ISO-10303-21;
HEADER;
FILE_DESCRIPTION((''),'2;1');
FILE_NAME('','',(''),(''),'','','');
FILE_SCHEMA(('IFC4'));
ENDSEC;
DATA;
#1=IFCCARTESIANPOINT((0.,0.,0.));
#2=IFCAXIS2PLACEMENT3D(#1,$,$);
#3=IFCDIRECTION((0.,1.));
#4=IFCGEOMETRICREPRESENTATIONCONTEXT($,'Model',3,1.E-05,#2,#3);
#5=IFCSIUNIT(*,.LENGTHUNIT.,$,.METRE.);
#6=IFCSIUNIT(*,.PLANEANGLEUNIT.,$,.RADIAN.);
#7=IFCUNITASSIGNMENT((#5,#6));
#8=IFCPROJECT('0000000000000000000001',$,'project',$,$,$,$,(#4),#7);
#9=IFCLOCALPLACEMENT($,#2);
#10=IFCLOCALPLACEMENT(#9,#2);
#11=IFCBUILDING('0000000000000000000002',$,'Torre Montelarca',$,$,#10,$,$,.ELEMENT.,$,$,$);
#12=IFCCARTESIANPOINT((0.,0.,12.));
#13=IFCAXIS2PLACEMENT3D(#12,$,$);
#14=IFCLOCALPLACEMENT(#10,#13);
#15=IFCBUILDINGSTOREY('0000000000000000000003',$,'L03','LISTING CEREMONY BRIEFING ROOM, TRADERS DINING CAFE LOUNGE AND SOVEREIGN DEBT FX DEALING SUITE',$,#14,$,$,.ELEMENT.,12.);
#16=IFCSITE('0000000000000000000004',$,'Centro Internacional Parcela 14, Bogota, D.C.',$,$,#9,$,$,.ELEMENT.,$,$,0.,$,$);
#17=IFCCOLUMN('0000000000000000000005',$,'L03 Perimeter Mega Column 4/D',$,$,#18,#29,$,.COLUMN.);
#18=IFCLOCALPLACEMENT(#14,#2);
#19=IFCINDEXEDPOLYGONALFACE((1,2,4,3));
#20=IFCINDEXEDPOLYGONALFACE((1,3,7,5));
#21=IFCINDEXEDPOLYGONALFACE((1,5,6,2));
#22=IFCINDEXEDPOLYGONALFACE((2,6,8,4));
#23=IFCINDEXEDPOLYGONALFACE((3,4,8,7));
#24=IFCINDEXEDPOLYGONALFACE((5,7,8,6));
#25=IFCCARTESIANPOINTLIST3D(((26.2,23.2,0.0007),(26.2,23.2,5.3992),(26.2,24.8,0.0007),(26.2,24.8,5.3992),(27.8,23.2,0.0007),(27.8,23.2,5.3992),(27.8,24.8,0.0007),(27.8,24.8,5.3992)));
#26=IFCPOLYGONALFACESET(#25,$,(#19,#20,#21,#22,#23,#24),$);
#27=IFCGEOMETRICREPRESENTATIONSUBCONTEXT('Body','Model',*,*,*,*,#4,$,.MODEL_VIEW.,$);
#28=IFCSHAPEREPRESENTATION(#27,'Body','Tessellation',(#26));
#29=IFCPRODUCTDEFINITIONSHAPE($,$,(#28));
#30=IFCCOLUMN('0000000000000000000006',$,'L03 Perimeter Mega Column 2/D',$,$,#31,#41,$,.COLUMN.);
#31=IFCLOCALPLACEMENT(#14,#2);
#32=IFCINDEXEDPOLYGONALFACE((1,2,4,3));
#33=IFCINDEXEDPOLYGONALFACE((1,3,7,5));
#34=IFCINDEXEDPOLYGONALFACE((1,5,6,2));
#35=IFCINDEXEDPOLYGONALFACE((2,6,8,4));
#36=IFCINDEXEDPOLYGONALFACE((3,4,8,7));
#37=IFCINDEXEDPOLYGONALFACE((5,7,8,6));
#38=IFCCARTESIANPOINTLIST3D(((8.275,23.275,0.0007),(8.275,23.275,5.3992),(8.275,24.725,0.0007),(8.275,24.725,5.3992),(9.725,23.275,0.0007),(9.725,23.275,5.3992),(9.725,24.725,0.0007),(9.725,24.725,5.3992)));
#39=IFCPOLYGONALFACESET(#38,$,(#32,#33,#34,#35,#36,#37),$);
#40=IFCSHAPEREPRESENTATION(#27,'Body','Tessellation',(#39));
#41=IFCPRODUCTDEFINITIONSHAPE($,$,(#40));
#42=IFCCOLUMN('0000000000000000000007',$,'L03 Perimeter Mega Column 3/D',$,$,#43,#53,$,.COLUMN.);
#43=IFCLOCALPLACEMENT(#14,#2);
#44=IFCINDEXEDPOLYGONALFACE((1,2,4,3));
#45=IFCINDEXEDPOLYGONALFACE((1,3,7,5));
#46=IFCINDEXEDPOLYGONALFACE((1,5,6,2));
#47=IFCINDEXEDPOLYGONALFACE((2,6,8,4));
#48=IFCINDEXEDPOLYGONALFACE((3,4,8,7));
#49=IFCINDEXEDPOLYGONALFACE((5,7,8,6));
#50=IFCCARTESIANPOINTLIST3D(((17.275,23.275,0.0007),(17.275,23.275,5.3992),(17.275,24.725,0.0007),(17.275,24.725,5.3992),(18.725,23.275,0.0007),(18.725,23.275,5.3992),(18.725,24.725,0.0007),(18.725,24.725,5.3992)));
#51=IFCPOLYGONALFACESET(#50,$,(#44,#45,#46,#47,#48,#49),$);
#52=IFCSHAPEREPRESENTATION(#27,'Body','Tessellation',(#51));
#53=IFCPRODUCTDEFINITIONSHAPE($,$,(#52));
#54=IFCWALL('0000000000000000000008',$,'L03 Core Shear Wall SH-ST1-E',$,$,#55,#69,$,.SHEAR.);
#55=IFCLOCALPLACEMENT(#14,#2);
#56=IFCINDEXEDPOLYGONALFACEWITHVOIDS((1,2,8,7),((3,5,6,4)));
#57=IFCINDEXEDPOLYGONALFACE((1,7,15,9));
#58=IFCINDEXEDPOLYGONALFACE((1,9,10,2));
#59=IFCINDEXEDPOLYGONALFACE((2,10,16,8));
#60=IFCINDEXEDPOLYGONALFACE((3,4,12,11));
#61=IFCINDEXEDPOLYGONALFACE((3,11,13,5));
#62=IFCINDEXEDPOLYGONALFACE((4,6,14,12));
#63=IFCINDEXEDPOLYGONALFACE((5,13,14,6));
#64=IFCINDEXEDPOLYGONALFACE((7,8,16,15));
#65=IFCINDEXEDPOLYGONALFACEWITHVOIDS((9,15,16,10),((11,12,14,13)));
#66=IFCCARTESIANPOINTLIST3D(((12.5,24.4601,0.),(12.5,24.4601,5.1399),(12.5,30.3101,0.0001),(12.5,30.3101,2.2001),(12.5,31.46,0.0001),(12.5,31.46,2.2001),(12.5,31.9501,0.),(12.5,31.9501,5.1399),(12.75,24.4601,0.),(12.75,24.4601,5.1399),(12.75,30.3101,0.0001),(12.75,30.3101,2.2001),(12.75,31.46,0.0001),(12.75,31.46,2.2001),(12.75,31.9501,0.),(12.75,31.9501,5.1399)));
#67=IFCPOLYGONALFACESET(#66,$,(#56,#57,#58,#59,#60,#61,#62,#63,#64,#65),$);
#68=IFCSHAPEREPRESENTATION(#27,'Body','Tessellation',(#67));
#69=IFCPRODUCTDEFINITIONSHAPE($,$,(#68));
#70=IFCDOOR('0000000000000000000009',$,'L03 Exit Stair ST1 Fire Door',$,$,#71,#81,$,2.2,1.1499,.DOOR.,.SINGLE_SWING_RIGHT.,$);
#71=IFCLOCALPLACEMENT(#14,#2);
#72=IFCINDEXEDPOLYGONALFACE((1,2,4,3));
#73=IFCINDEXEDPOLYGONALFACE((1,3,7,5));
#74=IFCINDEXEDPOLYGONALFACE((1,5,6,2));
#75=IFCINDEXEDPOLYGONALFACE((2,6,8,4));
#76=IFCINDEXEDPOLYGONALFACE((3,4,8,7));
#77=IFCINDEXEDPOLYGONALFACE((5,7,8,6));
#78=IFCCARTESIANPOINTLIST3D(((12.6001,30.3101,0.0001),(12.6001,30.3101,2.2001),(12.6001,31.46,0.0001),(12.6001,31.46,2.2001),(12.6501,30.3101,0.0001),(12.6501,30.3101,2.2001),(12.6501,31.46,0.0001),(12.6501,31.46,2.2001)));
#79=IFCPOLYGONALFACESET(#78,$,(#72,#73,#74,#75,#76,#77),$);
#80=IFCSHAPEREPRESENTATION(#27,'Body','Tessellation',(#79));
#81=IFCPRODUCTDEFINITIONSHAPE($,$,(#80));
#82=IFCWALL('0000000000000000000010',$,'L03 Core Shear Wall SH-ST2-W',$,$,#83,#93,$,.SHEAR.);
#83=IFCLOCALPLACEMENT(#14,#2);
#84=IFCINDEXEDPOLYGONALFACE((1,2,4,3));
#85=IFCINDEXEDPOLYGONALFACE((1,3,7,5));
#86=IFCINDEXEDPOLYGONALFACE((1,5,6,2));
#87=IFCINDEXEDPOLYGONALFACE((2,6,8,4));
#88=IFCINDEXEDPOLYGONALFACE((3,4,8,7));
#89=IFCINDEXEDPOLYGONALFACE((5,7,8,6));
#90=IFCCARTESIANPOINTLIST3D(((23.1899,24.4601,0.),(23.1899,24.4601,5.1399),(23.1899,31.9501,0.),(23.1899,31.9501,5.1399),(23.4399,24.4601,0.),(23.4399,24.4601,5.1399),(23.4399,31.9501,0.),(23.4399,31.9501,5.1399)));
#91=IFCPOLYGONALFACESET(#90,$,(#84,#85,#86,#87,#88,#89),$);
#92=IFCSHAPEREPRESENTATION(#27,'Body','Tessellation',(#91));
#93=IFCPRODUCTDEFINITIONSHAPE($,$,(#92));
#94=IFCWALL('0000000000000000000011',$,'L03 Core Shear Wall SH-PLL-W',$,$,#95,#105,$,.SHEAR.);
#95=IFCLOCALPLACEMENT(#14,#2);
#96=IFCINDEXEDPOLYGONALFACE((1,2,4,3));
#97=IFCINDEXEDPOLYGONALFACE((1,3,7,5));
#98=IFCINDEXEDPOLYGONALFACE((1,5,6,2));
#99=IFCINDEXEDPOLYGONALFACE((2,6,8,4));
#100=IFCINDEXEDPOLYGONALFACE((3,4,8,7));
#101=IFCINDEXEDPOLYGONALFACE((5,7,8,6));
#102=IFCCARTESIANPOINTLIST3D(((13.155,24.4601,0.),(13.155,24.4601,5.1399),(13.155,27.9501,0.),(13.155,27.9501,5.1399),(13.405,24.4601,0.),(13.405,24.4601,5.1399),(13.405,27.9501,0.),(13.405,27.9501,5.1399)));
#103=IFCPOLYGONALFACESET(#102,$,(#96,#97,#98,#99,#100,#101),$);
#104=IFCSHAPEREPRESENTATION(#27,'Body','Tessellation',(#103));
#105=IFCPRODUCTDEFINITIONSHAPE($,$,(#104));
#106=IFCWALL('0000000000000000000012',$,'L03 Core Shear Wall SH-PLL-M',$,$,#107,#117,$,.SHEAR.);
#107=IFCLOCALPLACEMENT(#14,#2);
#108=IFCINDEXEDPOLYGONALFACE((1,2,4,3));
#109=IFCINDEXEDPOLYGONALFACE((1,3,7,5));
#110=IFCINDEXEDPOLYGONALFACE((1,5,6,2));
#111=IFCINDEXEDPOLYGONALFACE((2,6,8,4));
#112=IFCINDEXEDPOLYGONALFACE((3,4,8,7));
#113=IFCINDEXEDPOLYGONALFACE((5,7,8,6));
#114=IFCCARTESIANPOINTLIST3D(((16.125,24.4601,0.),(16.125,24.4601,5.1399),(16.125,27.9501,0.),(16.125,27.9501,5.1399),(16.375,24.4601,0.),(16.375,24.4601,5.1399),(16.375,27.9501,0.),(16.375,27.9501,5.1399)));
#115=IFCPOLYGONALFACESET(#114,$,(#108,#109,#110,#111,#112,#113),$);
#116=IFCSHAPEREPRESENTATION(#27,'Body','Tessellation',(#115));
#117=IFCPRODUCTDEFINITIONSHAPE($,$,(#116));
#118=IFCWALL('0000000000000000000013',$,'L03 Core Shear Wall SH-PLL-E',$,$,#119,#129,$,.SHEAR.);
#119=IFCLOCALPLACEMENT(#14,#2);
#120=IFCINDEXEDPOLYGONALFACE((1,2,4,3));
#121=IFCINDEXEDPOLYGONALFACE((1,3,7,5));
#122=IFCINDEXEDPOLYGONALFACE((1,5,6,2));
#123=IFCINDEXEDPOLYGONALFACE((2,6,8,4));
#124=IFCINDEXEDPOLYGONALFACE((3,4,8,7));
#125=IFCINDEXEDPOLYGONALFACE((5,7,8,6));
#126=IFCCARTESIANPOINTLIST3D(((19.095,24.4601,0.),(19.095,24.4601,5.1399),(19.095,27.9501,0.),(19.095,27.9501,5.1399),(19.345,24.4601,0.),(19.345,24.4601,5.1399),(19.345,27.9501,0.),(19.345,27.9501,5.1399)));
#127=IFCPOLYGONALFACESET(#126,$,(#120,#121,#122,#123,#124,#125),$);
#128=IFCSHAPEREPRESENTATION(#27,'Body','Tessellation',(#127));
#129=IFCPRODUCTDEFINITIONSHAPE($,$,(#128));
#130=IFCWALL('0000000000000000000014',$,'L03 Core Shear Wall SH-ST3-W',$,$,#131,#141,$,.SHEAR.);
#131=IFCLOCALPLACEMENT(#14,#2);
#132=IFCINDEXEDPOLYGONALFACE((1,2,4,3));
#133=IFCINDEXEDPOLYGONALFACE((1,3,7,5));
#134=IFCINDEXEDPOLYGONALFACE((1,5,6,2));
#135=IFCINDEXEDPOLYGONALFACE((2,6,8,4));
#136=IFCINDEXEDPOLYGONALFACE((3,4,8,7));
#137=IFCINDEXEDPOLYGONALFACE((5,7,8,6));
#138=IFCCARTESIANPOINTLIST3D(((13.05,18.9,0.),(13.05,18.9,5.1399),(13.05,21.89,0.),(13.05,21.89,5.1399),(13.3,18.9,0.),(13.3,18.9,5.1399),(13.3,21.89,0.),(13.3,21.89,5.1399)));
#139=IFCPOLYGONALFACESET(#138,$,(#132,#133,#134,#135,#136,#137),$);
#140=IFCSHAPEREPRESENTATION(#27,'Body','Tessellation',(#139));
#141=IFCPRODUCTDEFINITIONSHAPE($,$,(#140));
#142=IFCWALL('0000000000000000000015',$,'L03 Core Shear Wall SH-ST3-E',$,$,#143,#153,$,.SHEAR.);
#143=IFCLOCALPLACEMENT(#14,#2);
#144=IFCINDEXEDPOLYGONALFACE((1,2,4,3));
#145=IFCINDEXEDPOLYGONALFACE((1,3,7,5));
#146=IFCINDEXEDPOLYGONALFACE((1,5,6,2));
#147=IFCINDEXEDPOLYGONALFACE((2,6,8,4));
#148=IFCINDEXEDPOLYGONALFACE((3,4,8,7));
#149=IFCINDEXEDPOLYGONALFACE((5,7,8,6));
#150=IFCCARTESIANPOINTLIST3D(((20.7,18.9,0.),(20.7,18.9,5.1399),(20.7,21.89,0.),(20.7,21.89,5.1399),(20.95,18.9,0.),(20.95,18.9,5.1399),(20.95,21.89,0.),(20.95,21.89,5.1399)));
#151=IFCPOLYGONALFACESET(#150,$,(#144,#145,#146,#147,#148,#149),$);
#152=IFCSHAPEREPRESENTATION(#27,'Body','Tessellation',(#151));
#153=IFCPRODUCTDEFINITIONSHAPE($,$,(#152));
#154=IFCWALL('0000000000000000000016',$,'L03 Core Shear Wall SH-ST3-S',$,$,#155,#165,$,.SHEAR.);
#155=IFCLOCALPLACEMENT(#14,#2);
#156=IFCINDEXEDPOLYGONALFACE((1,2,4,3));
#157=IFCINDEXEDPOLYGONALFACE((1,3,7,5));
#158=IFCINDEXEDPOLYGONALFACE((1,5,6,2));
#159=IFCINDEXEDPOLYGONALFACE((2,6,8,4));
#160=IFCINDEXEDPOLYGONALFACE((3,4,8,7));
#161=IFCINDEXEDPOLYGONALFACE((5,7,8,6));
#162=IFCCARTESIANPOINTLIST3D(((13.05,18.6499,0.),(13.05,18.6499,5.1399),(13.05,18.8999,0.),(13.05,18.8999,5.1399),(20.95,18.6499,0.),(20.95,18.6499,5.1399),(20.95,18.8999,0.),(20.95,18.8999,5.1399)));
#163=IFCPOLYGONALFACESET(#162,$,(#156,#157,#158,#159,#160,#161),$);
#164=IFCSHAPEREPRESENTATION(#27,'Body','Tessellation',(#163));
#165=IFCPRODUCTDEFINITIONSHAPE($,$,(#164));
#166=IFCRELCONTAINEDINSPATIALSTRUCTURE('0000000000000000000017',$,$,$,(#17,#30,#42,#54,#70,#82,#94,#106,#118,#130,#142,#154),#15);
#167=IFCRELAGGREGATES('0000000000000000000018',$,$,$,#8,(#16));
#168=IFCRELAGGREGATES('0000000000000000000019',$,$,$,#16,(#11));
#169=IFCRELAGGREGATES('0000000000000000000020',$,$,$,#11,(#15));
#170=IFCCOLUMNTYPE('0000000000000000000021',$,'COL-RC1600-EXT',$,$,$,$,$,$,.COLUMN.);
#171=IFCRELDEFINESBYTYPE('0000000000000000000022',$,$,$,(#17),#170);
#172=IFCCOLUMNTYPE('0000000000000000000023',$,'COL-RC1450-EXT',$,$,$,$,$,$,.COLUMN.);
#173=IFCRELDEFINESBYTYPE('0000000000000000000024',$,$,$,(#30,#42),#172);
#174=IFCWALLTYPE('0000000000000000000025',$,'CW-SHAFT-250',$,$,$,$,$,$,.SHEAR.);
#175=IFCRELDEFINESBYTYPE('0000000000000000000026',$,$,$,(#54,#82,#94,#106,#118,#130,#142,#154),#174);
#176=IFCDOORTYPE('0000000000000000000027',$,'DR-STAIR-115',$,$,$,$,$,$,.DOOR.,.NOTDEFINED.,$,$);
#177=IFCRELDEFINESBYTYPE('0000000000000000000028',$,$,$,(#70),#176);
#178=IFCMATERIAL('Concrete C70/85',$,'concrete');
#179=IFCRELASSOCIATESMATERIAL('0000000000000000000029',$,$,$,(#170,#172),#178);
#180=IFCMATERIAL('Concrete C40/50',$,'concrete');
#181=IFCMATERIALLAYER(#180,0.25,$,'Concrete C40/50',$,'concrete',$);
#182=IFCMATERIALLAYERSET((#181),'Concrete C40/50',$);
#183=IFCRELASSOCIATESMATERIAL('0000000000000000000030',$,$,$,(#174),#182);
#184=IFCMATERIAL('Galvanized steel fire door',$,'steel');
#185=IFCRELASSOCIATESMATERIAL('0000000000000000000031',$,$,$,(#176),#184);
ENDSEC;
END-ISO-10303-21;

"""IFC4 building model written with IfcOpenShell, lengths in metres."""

from ifc_helpers import new_model, si_unit, direction, frame, frame_2d, origin, origin_2d, place, context, subcontext, project, spatial, rectangle, extrude, source, transform, mapped, material, layer, layer_set, material_profile, profile_set, type_object, element, fill, save


model = new_model("IFC4")

# Units and contexts
model_context = context("Model", 3, precision=1e-05, world=origin(), true_north=direction((0.0, 1.0)))
body_context = subcontext(model_context, "Body", "Model", "MODEL_VIEW")
ifc_project = project(units=[si_unit("LENGTHUNIT", "METRE"), si_unit("PLANEANGLEUNIT", "RADIAN")], contexts=[model_context])

# Site, building, storey
site_placement = place(None, origin())
site = spatial("IfcSite", under=ifc_project, at=site_placement, Name="Centro Internacional Parcela 14, Bogota, D.C.", CompositionType="ELEMENT", RefElevation=0.0)
building_placement = place(site_placement, origin())
building = spatial("IfcBuilding", under=site, at=building_placement, Name="Torre Montelarca", CompositionType="ELEMENT")
storey_placement = place(building_placement, frame((0.0, 0.0, 12.0)))
storey = spatial("IfcBuildingStorey", under=building, at=storey_placement, Name="L03", Description="LISTING CEREMONY BRIEFING ROOM, TRADERS DINING CAFE LOUNGE AND SOVEREIGN DEBT FX DEALING SUITE", CompositionType="ELEMENT", Elevation=12.0)

# Columns
ifc_material_1 = material(Name="Concrete C70/85", Category="concrete")
ifc_material_profile_1 = material_profile(ifc_material_1, rectangle(XDim=1.6001, YDim=1.6001, at=origin_2d()), Name="RC1600X1600", Category="concrete")
ifc_profile_set_1 = profile_set([ifc_material_profile_1], Name="Concrete C70/85")
column_type_1 = type_object("IfcColumnType", Name="COL-RC1600-EXT", PredefinedType="COLUMN", material=ifc_profile_set_1)
shared_shape_1 = source(origin(), body_context, "Body", "SweptSolid", [
    extrude(rectangle(XDim=1.6001, YDim=1.6001, at=origin_2d()), origin(), (0.0, 0.0, 1.0), 5.3984),
])
column_placement = place(storey_placement, frame((27.0, 24.0, 0.0007), z_axis=(0.0, 0.0, 1.0), x_axis=(1.0, 0.0, 0.0)))
element("IfcColumn", 1, at=column_placement, inside=storey, type_object=column_type_1, Name="L03 Perimeter Mega Column 4/D", PredefinedType="COLUMN", context=body_context, shape_type="MappedRepresentation", body=[
    mapped(shared_shape_1, transform((0.0, 0.0, 0.0), scale=1.0)),
])
ifc_material_profile_2 = material_profile(ifc_material_1, rectangle(XDim=1.45, YDim=1.45, at=origin_2d()), Name="RC1450X1450", Category="concrete")
ifc_profile_set_2 = profile_set([ifc_material_profile_2], Name="Concrete C70/85")
column_type_2 = type_object("IfcColumnType", Name="COL-RC1450-EXT", PredefinedType="COLUMN", material=ifc_profile_set_2)
shared_shape_2 = source(origin(), body_context, "Body", "SweptSolid", [
    extrude(rectangle(XDim=1.45, YDim=1.45, at=origin_2d()), origin(), (0.0, 0.0, 1.0), 5.3984),
])
for number, where, z_axis, x_axis, name in (
    (2, (9.0, 24.0, 0.0007), (0.0, 0.0, 1.0), (1.0, 0.0, 0.0), "L03 Perimeter Mega Column 2/D"),
    (3, (18.0, 24.0, 0.0007), (0.0, 0.0, 1.0), (1.0, 0.0, 0.0), "L03 Perimeter Mega Column 3/D"),
):
    element("IfcColumn", number, at=place(storey_placement, frame(where, z_axis=z_axis, x_axis=x_axis)), inside=storey, type_object=column_type_2, Name=name, PredefinedType="COLUMN", context=body_context, shape_type="MappedRepresentation", body=[
        mapped(shared_shape_2, transform((0.0, 0.0, 0.0), scale=1.0)),
    ])

# Wall, opening, door
ifc_material_2 = material(Name="Concrete C40/50", Category="concrete")
ifc_layer_1 = layer(ifc_material_2, 0.25, Name="Concrete C40/50", Category="concrete")
ifc_layer_set_1 = layer_set([ifc_layer_1], Name="Concrete C40/50")
wall_type_1 = type_object("IfcWallType", Name="CW-SHAFT-250", PredefinedType="SHEAR", material=ifc_layer_set_1)
wall_1_placement = place(storey_placement, frame((12.625, 24.46, 0.0), z_axis=(0.0, 0.0, 1.0), x_axis=(0.0, 1.0, 0.0)))
wall_1 = element("IfcWall", 4, at=wall_1_placement, inside=storey, type_object=wall_type_1, Name="L03 Core Shear Wall SH-ST1-E", PredefinedType="SHEAR", context=body_context, shape_type="SweptSolid", body=[
    extrude(rectangle(XDim=7.49, YDim=0.25, at=frame_2d((3.7451, 0.0))), origin(), (0.0, 0.0, 1.0), 5.1399),
])
opening_1_placement = place(wall_1_placement, frame((5.8501, 0.0, 0.0)))
opening_1 = element("IfcOpeningElement", 5, at=opening_1_placement, cuts=wall_1, PredefinedType="OPENING", context=body_context, shape_type="SweptSolid", body=[
    extrude(rectangle(XDim=1.1499, YDim=2.2, at=frame_2d((0.575, 1.1001))), frame((0.0, 0.135, 0.0), z_axis=(0.0, -1.0, 0.0), x_axis=(1.0, 0.0, 0.0)), (0.0, 0.0, 1.0), 0.27),
])
ifc_material_3 = material(Name="Galvanized steel fire door", Category="steel")
door_type_1 = type_object("IfcDoorType", Name="DR-STAIR-115", OperationType="NOTDEFINED", PredefinedType="DOOR", material=ifc_material_3)
shared_shape_3 = source(origin(), body_context, "Body", "SweptSolid", [
    extrude(rectangle(XDim=1.1499, YDim=2.2, at=frame_2d((0.575, 1.1001))), frame((0.0, 0.0249, 0.0), z_axis=(0.0, -1.0, 0.0), x_axis=(1.0, 0.0, 0.0)), (0.0, 0.0, 1.0), 0.05),
])
door_1_placement = place(opening_1_placement, origin())
door_1 = element("IfcDoor", 6, at=door_1_placement, inside=storey, type_object=door_type_1, Name="L03 Exit Stair ST1 Fire Door", OperationType="SINGLE_SWING_RIGHT", OverallHeight=2.2, OverallWidth=1.1499, PredefinedType="DOOR", context=body_context, shape_type="MappedRepresentation", body=[
    mapped(shared_shape_3, transform((0.0, 0.0, 0.0), scale=1.0)),
])
fill(opening_1, door_1)

# Walls
wall_2_placement = place(storey_placement, frame((23.3149, 24.46, 0.0), z_axis=(0.0, 0.0, 1.0), x_axis=(0.0, 1.0, 0.0)))
element("IfcWall", 7, at=wall_2_placement, inside=storey, type_object=wall_type_1, Name="L03 Core Shear Wall SH-ST2-W", PredefinedType="SHEAR", context=body_context, shape_type="SweptSolid", body=[
    extrude(rectangle(XDim=7.49, YDim=0.25, at=frame_2d((3.7451, 0.0))), origin(), (0.0, 0.0, 1.0), 5.1399),
])
for number, where, z_axis, x_axis, name in (
    (8, (13.28, 24.46, 0.0), (0.0, 0.0, 1.0), (0.0, 1.0, 0.0), "L03 Core Shear Wall SH-PLL-W"),
    (9, (16.25, 24.46, 0.0), (0.0, 0.0, 1.0), (0.0, 1.0, 0.0), "L03 Core Shear Wall SH-PLL-M"),
    (10, (19.22, 24.46, 0.0), (0.0, 0.0, 1.0), (0.0, 1.0, 0.0), "L03 Core Shear Wall SH-PLL-E"),
):
    element("IfcWall", number, at=place(storey_placement, frame(where, z_axis=z_axis, x_axis=x_axis)), inside=storey, type_object=wall_type_1, Name=name, PredefinedType="SHEAR", context=body_context, shape_type="SweptSolid", body=[
        extrude(rectangle(XDim=3.49, YDim=0.25, at=frame_2d((1.7451, 0.0))), origin(), (0.0, 0.0, 1.0), 5.1399),
    ])
for number, where, z_axis, x_axis, name in (
    (11, (13.175, 18.8999, 0.0), (0.0, 0.0, 1.0), (0.0, 1.0, 0.0), "L03 Core Shear Wall SH-ST3-W"),
    (12, (20.825, 18.8999, 0.0), (0.0, 0.0, 1.0), (0.0, 1.0, 0.0), "L03 Core Shear Wall SH-ST3-E"),
):
    element("IfcWall", number, at=place(storey_placement, frame(where, z_axis=z_axis, x_axis=x_axis)), inside=storey, type_object=wall_type_1, Name=name, PredefinedType="SHEAR", context=body_context, shape_type="SweptSolid", body=[
        extrude(rectangle(XDim=2.99, YDim=0.25, at=frame_2d((1.4951, 0.0))), origin(), (0.0, 0.0, 1.0), 5.1399),
    ])
wall_3_placement = place(storey_placement, frame((13.05, 18.7749, 0.0), z_axis=(0.0, 0.0, 1.0), x_axis=(1.0, 0.0, 0.0)))
element("IfcWall", 13, at=wall_3_placement, inside=storey, type_object=wall_type_1, Name="L03 Core Shear Wall SH-ST3-S", PredefinedType="SHEAR", context=body_context, shape_type="SweptSolid", body=[
    extrude(rectangle(XDim=7.8999, YDim=0.25, at=frame_2d((3.95, 0.0))), origin(), (0.0, 0.0, 1.0), 5.1399),
])

save(model, "model.ifc")
